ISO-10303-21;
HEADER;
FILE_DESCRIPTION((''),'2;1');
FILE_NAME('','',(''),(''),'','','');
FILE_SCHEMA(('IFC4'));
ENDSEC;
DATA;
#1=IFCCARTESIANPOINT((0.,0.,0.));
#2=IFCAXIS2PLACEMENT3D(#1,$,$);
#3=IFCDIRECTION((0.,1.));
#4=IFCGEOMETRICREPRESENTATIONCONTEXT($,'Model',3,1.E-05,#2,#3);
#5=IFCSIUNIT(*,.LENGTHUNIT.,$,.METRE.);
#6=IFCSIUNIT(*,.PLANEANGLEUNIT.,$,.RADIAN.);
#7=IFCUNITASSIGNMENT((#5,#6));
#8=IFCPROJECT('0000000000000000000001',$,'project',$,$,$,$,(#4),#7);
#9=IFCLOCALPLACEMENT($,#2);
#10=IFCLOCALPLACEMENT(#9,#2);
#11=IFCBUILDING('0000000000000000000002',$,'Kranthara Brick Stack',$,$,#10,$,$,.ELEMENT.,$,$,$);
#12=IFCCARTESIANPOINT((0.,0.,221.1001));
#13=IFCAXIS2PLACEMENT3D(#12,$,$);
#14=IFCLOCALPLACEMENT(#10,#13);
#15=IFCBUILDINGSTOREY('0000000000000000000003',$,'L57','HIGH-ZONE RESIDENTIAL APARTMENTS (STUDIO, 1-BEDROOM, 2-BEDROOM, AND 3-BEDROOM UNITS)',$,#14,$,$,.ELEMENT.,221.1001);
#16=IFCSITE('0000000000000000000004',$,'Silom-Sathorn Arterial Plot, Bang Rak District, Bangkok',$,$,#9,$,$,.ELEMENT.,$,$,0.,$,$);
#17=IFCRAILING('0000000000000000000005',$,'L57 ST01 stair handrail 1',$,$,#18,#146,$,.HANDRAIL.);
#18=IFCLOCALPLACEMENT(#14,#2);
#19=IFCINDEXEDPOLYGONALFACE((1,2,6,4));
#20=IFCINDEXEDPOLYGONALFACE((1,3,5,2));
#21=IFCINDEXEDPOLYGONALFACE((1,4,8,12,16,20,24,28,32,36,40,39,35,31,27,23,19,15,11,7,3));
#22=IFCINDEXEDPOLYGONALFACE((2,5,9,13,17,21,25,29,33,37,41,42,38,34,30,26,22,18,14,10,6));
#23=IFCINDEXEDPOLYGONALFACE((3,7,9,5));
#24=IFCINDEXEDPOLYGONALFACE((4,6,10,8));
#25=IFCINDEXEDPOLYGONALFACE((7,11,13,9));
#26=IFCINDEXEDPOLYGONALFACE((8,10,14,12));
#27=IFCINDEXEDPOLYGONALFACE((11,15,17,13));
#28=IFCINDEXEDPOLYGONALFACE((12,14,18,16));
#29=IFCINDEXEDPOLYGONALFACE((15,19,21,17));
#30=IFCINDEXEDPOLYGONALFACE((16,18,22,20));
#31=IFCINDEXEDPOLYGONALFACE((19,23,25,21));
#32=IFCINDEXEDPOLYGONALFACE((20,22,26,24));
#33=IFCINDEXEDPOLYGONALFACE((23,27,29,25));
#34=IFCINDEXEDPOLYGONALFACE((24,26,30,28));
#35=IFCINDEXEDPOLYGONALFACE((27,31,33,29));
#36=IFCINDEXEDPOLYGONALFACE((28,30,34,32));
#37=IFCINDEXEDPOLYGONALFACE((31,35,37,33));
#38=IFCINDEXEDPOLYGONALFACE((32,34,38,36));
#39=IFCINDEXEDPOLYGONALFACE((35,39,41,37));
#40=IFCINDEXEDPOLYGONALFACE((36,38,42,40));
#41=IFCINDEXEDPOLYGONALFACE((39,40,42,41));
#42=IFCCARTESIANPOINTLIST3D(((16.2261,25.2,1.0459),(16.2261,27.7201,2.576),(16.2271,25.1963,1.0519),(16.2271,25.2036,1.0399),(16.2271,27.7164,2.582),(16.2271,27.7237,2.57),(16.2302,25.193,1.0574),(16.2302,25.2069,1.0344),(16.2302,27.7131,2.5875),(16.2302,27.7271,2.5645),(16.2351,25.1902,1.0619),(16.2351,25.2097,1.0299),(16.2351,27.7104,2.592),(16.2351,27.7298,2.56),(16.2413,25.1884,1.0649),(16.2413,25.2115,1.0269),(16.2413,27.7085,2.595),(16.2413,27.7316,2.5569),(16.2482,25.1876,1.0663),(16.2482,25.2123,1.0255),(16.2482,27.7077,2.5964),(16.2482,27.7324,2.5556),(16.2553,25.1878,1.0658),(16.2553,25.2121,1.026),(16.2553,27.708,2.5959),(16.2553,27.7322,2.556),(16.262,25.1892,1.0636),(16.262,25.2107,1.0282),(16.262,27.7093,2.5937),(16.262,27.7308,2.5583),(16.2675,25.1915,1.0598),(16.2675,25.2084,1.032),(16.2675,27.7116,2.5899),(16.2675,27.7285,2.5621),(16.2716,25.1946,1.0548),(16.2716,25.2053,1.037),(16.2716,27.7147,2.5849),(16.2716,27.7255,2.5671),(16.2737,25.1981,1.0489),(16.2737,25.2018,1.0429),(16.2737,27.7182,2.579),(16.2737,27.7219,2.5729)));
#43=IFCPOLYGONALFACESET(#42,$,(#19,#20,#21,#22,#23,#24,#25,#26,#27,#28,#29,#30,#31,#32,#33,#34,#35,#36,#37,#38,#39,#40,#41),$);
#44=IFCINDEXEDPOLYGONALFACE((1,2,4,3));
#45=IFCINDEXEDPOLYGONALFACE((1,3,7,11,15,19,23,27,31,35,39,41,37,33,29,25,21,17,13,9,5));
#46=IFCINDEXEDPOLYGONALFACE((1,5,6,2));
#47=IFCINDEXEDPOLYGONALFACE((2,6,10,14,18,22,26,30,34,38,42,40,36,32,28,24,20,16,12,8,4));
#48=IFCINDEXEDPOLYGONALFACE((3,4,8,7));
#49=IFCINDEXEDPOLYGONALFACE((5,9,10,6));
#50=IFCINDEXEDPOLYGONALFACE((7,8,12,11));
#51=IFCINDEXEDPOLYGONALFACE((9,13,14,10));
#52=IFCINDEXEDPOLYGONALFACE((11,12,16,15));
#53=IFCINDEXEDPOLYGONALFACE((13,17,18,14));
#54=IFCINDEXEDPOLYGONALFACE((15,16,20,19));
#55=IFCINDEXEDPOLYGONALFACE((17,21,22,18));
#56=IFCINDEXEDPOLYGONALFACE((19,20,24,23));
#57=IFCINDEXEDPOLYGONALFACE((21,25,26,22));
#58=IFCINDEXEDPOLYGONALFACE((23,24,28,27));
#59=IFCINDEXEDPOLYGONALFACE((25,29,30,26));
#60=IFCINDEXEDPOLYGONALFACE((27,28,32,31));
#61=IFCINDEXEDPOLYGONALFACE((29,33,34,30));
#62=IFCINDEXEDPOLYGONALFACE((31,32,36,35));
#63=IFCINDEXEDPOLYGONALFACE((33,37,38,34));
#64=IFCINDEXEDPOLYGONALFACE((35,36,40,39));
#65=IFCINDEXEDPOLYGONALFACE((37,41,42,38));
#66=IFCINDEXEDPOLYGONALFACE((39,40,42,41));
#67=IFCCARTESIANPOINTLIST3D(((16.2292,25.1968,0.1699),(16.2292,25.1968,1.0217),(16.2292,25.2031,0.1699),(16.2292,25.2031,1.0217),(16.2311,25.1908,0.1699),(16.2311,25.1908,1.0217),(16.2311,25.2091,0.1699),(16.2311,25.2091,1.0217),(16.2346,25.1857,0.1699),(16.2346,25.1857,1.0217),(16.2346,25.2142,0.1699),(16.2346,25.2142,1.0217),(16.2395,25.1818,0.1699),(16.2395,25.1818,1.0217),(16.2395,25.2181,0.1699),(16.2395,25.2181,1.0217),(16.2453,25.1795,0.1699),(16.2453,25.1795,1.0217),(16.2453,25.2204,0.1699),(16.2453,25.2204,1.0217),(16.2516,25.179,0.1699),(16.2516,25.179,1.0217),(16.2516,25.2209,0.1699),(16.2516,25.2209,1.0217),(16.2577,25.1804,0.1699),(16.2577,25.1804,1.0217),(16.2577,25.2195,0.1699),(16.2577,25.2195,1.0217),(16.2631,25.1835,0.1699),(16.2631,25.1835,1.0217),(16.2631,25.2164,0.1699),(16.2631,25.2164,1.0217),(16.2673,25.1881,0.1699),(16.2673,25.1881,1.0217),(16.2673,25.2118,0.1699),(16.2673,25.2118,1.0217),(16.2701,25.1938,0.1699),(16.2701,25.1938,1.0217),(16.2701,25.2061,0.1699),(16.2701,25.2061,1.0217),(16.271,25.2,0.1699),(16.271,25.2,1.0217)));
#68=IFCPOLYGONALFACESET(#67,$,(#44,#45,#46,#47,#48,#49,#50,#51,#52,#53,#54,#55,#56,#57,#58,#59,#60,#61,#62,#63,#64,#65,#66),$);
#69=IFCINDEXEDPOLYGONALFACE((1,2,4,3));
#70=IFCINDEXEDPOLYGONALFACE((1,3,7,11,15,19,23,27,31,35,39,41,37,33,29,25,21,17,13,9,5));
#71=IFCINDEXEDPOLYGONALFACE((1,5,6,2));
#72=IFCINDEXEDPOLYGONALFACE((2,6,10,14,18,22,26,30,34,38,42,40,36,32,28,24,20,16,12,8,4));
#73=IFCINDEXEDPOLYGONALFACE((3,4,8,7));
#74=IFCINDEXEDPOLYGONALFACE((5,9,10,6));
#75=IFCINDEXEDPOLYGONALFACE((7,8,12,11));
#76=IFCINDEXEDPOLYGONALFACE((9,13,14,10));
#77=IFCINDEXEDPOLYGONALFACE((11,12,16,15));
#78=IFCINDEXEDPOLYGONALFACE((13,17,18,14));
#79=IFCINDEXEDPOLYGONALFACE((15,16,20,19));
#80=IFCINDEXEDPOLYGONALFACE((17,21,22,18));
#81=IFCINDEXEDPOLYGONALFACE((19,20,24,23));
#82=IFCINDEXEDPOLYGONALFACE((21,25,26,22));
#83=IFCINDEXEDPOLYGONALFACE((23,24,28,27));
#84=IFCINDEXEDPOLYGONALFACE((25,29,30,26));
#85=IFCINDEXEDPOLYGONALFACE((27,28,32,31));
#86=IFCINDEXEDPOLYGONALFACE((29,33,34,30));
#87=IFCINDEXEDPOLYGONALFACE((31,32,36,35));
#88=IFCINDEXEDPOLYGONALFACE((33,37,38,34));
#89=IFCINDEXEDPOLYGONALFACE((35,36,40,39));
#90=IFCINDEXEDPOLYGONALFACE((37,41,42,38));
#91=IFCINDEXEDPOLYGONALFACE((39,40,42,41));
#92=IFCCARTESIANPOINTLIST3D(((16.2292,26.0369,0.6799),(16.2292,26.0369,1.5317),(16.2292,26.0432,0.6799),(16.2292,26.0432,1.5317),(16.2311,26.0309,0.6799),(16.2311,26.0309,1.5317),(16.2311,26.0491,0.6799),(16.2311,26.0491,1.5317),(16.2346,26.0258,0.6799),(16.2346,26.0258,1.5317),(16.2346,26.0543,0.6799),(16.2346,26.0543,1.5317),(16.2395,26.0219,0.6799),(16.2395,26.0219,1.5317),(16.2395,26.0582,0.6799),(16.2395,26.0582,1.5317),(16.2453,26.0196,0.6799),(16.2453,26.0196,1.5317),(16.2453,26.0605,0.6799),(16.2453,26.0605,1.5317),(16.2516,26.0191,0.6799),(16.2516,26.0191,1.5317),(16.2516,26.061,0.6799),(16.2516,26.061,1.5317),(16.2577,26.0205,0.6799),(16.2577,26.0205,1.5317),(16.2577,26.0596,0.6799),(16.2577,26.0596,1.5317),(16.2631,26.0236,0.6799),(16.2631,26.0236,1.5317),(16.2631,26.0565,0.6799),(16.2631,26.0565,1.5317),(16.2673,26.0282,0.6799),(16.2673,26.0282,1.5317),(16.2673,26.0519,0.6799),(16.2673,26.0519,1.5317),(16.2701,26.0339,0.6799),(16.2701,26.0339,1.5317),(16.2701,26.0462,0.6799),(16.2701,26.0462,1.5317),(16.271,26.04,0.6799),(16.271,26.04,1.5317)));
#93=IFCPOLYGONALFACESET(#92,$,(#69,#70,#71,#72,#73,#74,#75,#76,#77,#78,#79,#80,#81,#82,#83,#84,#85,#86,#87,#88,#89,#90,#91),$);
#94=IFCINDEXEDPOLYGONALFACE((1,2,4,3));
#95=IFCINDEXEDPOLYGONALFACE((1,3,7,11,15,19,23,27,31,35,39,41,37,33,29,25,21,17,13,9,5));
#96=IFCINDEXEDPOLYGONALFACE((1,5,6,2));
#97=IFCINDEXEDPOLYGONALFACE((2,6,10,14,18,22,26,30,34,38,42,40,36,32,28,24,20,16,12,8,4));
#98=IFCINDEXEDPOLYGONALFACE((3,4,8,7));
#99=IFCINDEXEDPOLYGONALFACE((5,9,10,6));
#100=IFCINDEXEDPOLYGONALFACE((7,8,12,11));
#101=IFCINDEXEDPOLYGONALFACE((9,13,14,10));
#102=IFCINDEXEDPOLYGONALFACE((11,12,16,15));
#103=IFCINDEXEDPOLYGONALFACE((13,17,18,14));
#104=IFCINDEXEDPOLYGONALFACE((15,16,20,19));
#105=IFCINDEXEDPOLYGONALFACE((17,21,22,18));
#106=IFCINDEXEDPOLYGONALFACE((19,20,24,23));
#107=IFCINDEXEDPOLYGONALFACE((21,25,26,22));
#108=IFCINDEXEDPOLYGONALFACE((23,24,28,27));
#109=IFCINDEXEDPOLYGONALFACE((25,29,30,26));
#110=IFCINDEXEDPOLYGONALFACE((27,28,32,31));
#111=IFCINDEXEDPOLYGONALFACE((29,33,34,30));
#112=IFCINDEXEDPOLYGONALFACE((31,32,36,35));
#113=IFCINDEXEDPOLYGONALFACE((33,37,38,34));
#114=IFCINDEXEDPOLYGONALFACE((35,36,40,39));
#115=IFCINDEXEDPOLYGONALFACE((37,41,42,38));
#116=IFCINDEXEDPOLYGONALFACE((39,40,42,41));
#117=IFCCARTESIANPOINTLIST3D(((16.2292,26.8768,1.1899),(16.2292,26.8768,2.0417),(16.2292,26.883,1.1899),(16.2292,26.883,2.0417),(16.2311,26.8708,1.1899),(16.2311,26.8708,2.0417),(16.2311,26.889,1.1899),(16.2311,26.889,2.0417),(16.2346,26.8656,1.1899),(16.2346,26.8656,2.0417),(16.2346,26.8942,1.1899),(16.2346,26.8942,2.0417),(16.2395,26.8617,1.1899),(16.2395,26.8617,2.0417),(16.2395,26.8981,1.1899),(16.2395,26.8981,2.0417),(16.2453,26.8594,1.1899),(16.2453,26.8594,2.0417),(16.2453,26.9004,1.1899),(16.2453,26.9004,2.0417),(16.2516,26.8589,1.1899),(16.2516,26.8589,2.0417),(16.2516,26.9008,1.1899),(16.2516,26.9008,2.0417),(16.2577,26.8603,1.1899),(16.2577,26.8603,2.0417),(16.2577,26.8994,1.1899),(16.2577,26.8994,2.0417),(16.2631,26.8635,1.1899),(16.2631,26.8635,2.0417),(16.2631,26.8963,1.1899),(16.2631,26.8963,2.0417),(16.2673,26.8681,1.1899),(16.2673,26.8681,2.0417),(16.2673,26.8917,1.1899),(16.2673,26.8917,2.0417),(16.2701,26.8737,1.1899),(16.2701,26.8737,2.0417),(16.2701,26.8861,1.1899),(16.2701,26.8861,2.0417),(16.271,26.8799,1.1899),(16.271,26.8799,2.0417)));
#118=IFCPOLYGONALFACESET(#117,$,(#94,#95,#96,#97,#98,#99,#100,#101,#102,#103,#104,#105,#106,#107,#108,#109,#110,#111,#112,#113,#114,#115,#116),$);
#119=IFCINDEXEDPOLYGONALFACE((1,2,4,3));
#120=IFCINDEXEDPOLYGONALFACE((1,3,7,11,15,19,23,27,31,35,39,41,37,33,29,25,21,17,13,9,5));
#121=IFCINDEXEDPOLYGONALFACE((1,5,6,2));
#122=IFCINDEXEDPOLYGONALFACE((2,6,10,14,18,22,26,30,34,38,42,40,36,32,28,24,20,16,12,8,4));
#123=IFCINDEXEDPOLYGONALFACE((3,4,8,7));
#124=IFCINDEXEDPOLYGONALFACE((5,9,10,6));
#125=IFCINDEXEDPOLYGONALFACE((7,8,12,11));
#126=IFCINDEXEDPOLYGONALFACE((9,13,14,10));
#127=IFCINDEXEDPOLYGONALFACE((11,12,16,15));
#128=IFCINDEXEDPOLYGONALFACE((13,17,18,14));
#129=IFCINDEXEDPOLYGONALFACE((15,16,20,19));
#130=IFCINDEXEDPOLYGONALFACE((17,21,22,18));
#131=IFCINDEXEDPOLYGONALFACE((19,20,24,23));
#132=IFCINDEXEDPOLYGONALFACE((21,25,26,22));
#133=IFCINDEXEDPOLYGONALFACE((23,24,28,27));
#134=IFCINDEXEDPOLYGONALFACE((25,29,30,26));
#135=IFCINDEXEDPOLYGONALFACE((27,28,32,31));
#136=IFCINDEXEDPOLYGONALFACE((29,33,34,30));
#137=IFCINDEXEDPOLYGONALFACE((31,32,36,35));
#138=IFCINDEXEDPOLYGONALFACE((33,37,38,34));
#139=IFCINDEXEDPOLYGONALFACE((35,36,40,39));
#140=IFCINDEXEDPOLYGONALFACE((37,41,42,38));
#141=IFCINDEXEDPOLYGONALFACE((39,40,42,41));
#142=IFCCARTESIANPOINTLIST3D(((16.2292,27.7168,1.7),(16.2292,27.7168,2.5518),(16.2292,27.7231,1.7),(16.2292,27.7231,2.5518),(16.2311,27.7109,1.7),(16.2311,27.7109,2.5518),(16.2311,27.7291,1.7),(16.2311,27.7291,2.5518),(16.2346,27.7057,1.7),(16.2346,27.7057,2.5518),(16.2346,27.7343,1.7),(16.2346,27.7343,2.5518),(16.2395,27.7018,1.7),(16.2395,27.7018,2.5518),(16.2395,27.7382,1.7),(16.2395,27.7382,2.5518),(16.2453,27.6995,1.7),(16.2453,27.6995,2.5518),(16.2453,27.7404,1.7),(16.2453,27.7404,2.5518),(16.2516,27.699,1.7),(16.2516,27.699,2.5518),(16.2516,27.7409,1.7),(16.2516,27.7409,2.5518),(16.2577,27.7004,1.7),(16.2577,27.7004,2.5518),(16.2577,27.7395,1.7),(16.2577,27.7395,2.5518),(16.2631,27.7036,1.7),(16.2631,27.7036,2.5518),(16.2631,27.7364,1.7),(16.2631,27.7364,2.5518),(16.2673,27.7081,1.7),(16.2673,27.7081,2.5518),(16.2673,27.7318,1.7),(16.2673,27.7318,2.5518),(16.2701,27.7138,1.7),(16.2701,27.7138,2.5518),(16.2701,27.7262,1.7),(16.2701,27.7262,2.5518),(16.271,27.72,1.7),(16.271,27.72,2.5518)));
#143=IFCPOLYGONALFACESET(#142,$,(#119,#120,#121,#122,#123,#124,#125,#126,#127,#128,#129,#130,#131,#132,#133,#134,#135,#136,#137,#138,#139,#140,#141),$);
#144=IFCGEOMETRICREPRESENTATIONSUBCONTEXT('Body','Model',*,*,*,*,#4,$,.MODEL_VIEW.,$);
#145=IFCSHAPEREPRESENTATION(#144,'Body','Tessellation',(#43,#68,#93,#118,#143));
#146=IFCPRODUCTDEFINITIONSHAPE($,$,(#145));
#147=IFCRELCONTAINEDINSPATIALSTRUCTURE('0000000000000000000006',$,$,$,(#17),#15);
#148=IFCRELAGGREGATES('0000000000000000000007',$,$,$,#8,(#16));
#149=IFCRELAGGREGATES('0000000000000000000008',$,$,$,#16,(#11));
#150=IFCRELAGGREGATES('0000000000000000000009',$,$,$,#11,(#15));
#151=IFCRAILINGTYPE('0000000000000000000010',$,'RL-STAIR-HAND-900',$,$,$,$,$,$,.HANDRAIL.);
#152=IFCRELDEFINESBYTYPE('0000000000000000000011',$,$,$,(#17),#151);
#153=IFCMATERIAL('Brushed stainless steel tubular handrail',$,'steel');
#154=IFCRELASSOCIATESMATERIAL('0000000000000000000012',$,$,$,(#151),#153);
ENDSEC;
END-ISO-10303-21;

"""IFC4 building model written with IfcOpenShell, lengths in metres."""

from ifc_helpers import new_model, si_unit, direction, frame, origin, origin_2d, place, context, subcontext, project, spatial, circle, extrude, material, type_object, element, save


model = new_model("IFC4")

# Units and contexts
model_context = context("Model", 3, precision=1e-05, world=origin(), true_north=direction((0.0, 1.0)))
body_context = subcontext(model_context, "Body", "Model", "MODEL_VIEW")
ifc_project = project(units=[si_unit("LENGTHUNIT", "METRE"), si_unit("PLANEANGLEUNIT", "RADIAN")], contexts=[model_context])

# Site, building, storey
site_placement = place(None, origin())
site = spatial("IfcSite", under=ifc_project, at=site_placement, Name="Silom-Sathorn Arterial Plot, Bang Rak District, Bangkok", CompositionType="ELEMENT", RefElevation=0.0)
building_placement = place(site_placement, origin())
building = spatial("IfcBuilding", under=site, at=building_placement, Name="Kranthara Brick Stack", CompositionType="ELEMENT")
storey_placement = place(building_placement, frame((0.0, 0.0, 221.1001)))
storey = spatial("IfcBuildingStorey", under=building, at=storey_placement, Name="L57", Description="HIGH-ZONE RESIDENTIAL APARTMENTS (STUDIO, 1-BEDROOM, 2-BEDROOM, AND 3-BEDROOM UNITS)", CompositionType="ELEMENT", Elevation=221.1001)

# Railing
ifc_material_1 = material(Name="Brushed stainless steel tubular handrail", Category="steel")
railing_type_1 = type_object("IfcRailingType", Name="RL-STAIR-HAND-900", PredefinedType="HANDRAIL", material=ifc_material_1)
railing_1_placement = place(storey_placement, frame((16.25, 25.2, 0.1699)))
element("IfcRailing", 1, at=railing_1_placement, inside=storey, type_object=railing_type_1, Name="L57 ST01 stair handrail 1", PredefinedType="HANDRAIL", context=body_context, shape_type="SweptSolid", body=[
    extrude(circle(Radius=0.0239, at=origin_2d()), frame((0.0, 0.0, 0.876), z_axis=(0.0, 0.854785, 0.518982), x_axis=(-1.0, 0.0, 0.0)), (0.0, 0.0, 1.0), 2.9482),
    extrude(circle(Radius=0.021, at=origin_2d()), origin(), (0.0, 0.0, 1.0), 0.8518),
    extrude(circle(Radius=0.021, at=origin_2d()), frame((0.0, 0.8401, 0.51)), (0.0, 0.0, 1.0), 0.8518),
    extrude(circle(Radius=0.021, at=origin_2d()), frame((0.0, 1.6799, 1.02)), (0.0, 0.0, 1.0), 0.8518),
    extrude(circle(Radius=0.021, at=origin_2d()), frame((0.0, 2.52, 1.53)), (0.0, 0.0, 1.0), 0.8518),
])

save(model, "model.ifc")
